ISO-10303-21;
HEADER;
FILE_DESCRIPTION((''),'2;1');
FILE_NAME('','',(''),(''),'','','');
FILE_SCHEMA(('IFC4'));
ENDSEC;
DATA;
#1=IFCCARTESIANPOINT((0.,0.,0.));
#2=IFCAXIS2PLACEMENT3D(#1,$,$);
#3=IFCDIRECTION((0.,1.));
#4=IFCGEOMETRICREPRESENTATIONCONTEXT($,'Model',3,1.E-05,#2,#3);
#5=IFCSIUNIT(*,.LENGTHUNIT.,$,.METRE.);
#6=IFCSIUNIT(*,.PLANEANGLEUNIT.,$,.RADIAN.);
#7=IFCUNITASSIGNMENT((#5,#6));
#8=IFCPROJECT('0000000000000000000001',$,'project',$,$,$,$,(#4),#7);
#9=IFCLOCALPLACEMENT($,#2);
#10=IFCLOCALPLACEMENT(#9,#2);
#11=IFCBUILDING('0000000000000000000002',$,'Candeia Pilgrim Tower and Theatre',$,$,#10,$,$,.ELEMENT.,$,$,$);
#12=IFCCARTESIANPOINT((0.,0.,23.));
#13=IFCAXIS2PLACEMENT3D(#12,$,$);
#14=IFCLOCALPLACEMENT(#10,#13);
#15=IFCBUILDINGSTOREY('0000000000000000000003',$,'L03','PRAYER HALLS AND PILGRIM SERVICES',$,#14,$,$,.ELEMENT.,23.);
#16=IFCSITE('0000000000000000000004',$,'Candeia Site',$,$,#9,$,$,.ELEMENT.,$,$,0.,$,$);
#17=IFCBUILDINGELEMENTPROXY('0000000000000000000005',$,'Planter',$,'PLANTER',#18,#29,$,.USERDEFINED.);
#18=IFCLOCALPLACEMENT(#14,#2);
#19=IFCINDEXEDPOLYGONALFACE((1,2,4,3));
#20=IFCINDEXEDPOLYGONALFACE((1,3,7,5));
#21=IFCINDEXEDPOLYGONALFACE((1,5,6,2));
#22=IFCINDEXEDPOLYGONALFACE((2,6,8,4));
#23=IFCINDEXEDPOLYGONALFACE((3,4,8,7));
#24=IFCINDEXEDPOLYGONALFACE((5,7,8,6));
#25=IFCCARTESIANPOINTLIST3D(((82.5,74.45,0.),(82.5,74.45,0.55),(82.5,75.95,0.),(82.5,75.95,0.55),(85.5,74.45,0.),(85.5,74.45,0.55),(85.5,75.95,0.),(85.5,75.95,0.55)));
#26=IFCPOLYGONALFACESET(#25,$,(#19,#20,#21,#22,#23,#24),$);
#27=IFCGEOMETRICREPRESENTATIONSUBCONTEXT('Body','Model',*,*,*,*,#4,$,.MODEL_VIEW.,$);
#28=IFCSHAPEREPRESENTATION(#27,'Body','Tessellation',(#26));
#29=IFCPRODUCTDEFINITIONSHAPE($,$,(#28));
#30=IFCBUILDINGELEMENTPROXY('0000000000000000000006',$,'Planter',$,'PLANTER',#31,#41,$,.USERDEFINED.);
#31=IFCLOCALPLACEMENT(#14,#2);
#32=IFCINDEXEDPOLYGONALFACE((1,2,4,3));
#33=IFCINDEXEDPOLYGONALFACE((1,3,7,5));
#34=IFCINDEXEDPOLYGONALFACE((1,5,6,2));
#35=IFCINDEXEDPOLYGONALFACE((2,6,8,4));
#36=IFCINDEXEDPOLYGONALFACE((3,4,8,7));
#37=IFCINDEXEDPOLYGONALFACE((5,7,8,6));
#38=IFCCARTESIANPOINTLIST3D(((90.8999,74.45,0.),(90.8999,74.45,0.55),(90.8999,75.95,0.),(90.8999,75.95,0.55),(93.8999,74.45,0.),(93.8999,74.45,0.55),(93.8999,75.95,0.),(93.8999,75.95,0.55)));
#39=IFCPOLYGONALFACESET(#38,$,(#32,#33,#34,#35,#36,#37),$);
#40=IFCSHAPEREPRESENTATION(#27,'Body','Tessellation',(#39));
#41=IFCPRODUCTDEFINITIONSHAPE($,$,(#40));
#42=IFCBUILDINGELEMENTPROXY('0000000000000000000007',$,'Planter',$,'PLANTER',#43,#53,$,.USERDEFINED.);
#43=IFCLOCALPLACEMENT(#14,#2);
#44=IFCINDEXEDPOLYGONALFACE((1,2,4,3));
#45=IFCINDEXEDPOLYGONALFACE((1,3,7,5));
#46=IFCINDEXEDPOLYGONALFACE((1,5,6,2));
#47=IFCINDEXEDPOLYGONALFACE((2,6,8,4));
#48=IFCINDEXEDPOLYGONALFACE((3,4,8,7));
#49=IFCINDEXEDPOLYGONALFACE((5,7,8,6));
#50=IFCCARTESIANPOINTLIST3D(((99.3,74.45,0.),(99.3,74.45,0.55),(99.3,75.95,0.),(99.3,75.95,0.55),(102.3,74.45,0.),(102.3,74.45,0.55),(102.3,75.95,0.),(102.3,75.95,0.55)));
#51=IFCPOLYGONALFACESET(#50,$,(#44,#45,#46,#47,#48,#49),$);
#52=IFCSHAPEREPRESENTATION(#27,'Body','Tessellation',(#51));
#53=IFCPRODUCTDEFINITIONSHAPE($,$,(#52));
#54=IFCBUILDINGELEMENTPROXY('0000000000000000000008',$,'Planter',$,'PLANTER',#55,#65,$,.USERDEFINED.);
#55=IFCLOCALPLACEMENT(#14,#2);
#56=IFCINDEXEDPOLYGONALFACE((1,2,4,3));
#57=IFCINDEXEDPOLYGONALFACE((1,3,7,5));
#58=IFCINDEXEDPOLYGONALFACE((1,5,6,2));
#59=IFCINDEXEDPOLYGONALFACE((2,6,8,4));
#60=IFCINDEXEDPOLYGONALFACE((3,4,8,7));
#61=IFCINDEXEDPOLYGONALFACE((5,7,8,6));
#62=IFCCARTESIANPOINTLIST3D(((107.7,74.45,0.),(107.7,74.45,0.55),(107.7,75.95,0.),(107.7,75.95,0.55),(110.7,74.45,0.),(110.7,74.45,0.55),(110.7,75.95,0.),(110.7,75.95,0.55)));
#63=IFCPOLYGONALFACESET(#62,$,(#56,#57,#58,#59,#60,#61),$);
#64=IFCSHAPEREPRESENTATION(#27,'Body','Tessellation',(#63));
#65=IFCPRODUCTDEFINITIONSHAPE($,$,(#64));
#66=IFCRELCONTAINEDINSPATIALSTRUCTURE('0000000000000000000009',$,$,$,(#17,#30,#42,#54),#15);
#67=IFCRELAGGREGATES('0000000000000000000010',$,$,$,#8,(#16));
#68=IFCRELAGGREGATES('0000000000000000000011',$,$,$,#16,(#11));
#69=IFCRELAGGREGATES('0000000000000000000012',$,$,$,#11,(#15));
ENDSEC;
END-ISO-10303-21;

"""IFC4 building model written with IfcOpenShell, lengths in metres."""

from ifc_helpers import new_model, si_unit, direction, frame, origin, origin_2d, place, context, subcontext, project, spatial, rectangle, extrude, element, save


model = new_model("IFC4")

# Units and contexts
model_context = context("Model", 3, precision=1e-05, world=origin(), true_north=direction((0.0, 1.0)))
body_context = subcontext(model_context, "Body", "Model", "MODEL_VIEW")
ifc_project = project(units=[si_unit("LENGTHUNIT", "METRE"), si_unit("PLANEANGLEUNIT", "RADIAN")], contexts=[model_context])

# Site, building, storey
site_placement = place(None, origin())
site = spatial("IfcSite", under=ifc_project, at=site_placement, Name="Candeia Site", CompositionType="ELEMENT", RefElevation=0.0)
building_placement = place(site_placement, origin())
building = spatial("IfcBuilding", under=site, at=building_placement, Name="Candeia Pilgrim Tower and Theatre", CompositionType="ELEMENT")
storey_placement = place(building_placement, frame((0.0, 0.0, 23.0)))
storey = spatial("IfcBuildingStorey", under=building, at=storey_placement, Name="L03", Description="PRAYER HALLS AND PILGRIM SERVICES", CompositionType="ELEMENT", Elevation=23.0)

# Building element proxies
for number, where, z_axis, x_axis, name in (
    (1, (84.0, 75.2, 0.0), (0.0, 0.0, 1.0), (1.0, 0.0, 0.0), "Planter"),
    (2, (92.3999, 75.2, 0.0), (0.0, 0.0, 1.0), (1.0, 0.0, 0.0), "Planter"),
    (3, (100.8, 75.2, 0.0), (0.0, 0.0, 1.0), (1.0, 0.0, 0.0), "Planter"),
    (4, (109.2, 75.2, 0.0), (0.0, 0.0, 1.0), (1.0, 0.0, 0.0), "Planter"),
):
    element("IfcBuildingElementProxy", number, at=place(storey_placement, frame(where, z_axis=z_axis, x_axis=x_axis)), inside=storey, Name=name, ObjectType="PLANTER", PredefinedType="USERDEFINED", context=body_context, shape_type="SweptSolid", body=[
        extrude(rectangle(XDim=3.0, YDim=1.5, at=origin_2d()), origin(), (0.0, 0.0, 1.0), 0.55),
    ])

save(model, "model.ifc")
